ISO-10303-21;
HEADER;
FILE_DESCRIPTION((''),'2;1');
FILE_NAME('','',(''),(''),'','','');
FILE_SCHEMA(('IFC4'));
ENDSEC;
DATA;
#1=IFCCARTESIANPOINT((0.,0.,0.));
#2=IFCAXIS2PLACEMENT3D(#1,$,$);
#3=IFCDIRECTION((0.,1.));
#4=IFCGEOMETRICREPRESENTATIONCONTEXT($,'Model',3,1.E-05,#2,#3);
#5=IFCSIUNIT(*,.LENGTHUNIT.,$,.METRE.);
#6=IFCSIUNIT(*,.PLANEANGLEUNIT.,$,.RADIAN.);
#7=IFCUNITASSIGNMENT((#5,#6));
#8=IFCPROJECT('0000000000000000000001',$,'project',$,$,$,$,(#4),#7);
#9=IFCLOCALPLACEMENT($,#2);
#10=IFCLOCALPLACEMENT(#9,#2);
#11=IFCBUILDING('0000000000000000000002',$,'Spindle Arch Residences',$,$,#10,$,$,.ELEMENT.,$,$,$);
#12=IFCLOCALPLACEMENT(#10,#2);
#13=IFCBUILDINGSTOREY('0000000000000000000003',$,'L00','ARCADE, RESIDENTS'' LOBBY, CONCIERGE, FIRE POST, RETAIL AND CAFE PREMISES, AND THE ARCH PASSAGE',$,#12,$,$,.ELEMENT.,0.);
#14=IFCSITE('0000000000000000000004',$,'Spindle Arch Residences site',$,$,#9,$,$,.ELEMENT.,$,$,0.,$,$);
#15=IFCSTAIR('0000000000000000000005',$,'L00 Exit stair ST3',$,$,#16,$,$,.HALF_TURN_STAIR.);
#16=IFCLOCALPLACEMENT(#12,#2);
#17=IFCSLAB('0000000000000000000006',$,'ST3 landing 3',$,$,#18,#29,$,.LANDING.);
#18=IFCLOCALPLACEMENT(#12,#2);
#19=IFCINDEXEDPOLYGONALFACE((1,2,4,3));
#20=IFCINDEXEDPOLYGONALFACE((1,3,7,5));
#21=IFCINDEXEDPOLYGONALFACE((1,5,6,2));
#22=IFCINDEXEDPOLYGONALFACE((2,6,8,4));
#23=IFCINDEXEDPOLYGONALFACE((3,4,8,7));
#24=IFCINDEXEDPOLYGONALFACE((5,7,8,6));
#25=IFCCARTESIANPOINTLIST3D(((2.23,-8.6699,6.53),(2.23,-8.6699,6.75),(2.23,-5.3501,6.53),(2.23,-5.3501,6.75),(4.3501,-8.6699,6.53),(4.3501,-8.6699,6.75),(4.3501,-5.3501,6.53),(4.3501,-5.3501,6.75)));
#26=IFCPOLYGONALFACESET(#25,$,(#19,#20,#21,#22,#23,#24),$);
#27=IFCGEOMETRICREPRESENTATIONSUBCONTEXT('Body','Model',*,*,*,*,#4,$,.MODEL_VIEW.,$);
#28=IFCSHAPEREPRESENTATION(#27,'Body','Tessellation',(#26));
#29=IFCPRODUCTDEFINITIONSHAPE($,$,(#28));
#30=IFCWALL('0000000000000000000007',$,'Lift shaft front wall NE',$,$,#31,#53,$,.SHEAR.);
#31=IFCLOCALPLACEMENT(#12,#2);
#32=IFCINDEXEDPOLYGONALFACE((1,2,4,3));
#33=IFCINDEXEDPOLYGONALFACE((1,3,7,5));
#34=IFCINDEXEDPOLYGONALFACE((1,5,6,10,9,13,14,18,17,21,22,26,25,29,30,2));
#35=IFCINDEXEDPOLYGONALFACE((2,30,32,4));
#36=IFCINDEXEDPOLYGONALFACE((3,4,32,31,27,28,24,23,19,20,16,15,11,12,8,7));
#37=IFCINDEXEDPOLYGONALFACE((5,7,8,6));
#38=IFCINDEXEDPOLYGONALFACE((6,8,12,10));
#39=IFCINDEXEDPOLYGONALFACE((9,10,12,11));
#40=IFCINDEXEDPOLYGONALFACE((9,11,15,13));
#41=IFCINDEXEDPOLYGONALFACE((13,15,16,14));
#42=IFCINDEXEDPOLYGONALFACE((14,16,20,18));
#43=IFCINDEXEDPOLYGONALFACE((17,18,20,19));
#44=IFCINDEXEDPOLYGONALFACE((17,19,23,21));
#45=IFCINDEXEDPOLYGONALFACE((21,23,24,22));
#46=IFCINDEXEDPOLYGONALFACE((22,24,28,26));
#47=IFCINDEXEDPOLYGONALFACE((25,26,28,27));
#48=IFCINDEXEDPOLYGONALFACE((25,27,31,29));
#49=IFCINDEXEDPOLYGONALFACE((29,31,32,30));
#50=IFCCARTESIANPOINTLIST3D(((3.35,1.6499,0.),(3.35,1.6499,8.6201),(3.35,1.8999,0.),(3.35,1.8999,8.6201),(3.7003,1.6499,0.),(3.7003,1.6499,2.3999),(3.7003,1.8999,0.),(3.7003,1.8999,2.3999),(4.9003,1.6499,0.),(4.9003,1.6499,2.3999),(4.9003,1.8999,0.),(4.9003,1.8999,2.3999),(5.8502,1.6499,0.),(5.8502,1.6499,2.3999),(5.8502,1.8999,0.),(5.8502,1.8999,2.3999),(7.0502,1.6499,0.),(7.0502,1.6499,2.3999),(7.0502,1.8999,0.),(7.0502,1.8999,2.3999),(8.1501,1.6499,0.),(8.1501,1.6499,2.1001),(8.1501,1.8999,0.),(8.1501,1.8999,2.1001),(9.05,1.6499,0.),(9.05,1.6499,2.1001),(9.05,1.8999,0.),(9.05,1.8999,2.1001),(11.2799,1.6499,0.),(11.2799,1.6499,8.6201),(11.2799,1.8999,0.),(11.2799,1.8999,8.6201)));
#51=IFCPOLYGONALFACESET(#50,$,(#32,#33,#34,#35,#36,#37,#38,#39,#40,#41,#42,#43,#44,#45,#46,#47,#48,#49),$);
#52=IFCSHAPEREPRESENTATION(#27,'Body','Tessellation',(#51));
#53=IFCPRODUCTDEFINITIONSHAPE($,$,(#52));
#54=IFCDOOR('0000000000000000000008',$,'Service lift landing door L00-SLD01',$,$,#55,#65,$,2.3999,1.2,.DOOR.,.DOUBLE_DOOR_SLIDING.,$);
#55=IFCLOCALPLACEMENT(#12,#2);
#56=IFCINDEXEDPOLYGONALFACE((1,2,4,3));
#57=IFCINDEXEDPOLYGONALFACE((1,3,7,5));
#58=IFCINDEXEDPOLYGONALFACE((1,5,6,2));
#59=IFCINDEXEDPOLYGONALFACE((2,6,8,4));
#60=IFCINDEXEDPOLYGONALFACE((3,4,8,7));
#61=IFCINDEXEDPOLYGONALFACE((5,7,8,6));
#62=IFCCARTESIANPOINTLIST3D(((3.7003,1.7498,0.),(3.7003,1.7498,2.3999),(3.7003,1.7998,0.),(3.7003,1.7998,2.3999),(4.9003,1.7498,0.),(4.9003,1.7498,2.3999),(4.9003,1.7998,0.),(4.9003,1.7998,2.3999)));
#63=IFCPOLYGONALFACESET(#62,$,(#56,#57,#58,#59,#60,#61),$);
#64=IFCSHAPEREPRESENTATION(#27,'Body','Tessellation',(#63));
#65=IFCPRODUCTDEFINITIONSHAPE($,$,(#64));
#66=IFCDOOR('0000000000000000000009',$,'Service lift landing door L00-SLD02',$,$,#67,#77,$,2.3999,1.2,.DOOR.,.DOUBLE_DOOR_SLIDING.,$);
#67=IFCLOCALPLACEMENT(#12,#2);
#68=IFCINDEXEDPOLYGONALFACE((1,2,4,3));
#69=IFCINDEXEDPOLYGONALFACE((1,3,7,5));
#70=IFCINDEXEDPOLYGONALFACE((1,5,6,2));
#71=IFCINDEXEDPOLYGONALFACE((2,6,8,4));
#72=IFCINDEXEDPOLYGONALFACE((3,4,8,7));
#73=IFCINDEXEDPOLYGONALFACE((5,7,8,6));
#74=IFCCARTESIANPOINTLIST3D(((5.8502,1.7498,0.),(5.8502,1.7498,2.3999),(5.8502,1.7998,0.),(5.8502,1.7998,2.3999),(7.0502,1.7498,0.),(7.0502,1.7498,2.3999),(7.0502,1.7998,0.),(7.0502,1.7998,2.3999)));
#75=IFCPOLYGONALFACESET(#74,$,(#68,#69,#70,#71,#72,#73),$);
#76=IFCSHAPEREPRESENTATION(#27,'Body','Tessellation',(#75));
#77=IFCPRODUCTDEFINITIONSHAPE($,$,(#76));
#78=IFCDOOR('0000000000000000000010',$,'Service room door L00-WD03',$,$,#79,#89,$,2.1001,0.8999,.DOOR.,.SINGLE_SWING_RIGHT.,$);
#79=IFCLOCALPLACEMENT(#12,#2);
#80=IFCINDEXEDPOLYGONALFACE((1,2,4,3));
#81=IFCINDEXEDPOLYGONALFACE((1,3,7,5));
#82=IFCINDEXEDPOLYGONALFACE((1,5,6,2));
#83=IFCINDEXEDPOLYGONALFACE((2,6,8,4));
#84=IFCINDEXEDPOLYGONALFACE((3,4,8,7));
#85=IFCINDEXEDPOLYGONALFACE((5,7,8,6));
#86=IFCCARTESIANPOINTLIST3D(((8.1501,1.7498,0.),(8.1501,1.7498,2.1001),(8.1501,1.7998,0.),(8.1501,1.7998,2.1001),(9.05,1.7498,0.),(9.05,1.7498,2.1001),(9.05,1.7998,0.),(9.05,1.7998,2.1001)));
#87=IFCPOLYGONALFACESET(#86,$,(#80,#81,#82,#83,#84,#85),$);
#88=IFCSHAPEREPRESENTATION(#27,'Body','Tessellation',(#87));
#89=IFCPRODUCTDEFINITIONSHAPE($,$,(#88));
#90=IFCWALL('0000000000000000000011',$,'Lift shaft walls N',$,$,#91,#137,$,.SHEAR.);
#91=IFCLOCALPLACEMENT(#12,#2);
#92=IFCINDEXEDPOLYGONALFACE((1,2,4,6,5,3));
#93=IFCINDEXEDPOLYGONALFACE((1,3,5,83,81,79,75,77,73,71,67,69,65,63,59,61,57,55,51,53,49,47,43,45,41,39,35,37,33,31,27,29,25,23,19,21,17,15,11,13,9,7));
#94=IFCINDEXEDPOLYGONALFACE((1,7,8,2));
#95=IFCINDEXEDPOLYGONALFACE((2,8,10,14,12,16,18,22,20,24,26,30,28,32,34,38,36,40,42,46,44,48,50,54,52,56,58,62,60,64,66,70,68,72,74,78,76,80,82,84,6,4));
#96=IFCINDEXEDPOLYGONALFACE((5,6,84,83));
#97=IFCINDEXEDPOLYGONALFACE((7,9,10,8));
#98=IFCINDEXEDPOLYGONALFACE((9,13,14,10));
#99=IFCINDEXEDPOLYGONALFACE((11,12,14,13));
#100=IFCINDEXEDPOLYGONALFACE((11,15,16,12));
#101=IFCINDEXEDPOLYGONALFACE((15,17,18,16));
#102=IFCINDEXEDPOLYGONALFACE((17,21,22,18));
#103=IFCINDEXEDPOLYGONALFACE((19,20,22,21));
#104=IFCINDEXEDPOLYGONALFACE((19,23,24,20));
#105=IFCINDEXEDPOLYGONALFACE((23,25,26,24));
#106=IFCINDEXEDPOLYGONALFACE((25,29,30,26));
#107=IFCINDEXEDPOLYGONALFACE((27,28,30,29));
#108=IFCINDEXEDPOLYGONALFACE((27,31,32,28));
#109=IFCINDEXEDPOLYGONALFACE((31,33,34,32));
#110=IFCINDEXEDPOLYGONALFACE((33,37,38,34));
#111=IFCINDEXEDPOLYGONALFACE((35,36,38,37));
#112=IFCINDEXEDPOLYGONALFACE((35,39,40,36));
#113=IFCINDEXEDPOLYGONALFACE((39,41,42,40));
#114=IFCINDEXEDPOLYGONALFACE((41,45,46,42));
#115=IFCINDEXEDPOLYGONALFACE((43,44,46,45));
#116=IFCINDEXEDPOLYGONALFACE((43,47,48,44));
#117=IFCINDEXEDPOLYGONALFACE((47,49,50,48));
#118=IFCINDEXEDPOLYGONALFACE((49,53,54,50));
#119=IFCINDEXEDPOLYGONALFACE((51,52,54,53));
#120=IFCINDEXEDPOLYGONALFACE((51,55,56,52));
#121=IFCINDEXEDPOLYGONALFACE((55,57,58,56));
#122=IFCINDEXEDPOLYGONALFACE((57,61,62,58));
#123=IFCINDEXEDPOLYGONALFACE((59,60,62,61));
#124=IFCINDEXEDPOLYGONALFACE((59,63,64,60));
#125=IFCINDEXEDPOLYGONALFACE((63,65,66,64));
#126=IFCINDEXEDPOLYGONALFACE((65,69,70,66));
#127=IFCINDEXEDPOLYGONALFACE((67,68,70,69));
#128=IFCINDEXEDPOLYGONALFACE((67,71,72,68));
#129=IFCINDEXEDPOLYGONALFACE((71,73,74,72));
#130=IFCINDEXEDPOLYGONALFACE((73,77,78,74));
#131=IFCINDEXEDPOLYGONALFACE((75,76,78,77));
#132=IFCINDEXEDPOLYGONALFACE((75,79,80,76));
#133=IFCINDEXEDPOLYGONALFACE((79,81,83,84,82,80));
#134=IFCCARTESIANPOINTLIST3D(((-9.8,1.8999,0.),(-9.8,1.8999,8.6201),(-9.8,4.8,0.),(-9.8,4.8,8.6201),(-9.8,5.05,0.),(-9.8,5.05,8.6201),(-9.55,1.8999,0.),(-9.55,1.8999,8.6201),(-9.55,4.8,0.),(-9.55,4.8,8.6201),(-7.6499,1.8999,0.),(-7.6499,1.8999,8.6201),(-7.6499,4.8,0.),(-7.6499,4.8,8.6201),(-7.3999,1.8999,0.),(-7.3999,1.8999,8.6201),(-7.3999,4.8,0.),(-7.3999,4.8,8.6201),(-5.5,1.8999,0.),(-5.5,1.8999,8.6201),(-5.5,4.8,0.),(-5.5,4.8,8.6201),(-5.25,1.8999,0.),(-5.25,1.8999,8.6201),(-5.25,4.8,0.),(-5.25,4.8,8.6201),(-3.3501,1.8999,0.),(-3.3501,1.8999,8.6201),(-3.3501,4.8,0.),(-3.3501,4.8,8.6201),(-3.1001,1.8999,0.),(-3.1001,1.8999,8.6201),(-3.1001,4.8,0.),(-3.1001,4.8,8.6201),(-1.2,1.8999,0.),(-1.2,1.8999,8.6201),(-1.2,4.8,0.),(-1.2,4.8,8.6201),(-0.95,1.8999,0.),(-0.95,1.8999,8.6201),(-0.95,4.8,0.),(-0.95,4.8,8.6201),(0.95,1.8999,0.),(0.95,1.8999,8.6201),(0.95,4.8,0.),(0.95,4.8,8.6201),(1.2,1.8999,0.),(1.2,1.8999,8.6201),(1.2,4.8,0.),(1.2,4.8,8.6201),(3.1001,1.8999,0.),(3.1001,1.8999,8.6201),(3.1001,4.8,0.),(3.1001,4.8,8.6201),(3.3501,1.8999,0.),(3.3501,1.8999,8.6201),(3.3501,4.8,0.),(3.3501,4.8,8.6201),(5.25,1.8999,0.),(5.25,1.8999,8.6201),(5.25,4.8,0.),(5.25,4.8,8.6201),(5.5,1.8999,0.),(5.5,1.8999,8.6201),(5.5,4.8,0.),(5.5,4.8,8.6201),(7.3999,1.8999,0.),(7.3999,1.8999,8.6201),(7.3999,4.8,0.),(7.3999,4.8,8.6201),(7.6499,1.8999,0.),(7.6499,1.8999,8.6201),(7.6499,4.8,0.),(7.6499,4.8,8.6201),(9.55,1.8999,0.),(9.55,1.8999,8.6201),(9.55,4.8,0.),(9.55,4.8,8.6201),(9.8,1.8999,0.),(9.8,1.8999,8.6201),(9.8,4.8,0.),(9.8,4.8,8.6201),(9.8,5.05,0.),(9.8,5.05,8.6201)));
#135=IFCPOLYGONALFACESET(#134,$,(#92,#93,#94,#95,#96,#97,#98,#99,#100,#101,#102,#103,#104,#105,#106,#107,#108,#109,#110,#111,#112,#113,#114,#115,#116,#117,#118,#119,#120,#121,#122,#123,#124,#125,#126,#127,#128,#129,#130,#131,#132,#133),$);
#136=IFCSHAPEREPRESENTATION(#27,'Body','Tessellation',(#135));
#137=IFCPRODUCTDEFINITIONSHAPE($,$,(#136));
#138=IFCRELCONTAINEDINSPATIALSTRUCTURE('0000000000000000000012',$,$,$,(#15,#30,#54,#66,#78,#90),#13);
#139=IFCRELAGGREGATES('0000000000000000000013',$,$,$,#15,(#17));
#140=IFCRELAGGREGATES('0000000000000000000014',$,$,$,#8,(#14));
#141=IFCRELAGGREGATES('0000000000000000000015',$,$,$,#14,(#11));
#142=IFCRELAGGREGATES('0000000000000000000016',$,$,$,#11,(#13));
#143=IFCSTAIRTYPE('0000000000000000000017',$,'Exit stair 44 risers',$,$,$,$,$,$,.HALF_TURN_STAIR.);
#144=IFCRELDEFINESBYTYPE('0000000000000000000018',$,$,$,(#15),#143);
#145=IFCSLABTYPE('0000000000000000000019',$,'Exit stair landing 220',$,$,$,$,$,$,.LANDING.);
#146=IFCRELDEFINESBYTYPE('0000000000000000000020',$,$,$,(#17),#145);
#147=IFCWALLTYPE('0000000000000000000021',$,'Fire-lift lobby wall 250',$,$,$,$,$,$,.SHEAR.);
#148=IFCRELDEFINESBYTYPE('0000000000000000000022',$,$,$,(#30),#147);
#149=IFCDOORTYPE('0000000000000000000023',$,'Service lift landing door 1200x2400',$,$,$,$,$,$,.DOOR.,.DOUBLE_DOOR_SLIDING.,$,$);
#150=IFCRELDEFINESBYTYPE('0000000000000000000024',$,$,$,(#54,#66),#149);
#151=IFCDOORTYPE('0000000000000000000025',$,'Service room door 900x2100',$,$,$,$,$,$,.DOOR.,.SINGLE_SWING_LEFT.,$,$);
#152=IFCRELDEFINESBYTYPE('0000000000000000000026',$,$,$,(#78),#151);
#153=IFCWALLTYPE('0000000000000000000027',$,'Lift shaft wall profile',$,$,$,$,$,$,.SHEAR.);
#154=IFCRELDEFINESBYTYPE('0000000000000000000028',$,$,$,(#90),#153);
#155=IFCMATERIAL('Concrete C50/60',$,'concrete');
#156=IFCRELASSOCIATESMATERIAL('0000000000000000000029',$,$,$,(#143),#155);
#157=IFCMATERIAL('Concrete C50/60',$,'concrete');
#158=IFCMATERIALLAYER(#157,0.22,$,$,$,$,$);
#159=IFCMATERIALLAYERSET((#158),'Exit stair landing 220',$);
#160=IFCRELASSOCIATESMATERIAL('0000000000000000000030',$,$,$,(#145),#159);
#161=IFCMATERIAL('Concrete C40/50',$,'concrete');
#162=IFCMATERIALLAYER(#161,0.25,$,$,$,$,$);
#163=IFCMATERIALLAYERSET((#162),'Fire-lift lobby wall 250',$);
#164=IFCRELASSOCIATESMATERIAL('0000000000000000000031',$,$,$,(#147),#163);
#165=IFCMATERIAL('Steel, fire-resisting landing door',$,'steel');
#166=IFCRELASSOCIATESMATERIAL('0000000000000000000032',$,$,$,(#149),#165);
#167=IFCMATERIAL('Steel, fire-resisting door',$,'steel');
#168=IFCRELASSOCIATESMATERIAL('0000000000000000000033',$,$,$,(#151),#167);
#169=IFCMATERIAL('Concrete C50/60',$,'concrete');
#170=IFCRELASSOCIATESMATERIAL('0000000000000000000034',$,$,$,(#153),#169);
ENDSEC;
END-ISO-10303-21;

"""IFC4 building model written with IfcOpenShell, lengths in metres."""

from ifc_helpers import new_model, si_unit, direction, frame, frame_2d, origin, place, context, subcontext, project, spatial, polyline, rectangle, outline, extrude, material, layer, layer_set, type_object, element, fill, aggregate, save


model = new_model("IFC4")

# Units and contexts
model_context = context("Model", 3, precision=1e-05, world=origin(), true_north=direction((0.0, 1.0)))
body_context = subcontext(model_context, "Body", "Model", "MODEL_VIEW")
ifc_project = project(units=[si_unit("LENGTHUNIT", "METRE"), si_unit("PLANEANGLEUNIT", "RADIAN")], contexts=[model_context])

# Site, building, storey
site_placement = place(None, origin())
site = spatial("IfcSite", under=ifc_project, at=site_placement, Name="Spindle Arch Residences site", CompositionType="ELEMENT", RefElevation=0.0)
building_placement = place(site_placement, origin())
building = spatial("IfcBuilding", under=site, at=building_placement, Name="Spindle Arch Residences", CompositionType="ELEMENT")
storey_placement = place(building_placement, origin())
storey = spatial("IfcBuildingStorey", under=building, at=storey_placement, Name="L00", Description="ARCADE, RESIDENTS' LOBBY, CONCIERGE, FIRE POST, RETAIL AND CAFE PREMISES, AND THE ARCH PASSAGE", CompositionType="ELEMENT", Elevation=0.0)

# Shared definitions
ifc_material_1 = material(Name="Concrete C50/60", Category="concrete")
stair_type = type_object("IfcStairType", Name="Exit stair 44 risers", PredefinedType="HALF_TURN_STAIR", material=ifc_material_1)
ifc_material_2 = material(Name="Concrete C50/60", Category="concrete")
ifc_layer_1 = layer(ifc_material_2, 0.22)
ifc_layer_set_1 = layer_set([ifc_layer_1], Name="Exit stair landing 220")
slab_type_1 = type_object("IfcSlabType", Name="Exit stair landing 220", PredefinedType="LANDING", material=ifc_layer_set_1)

# Stair, slab
stair_1_placement = place(storey_placement, origin())
stair_1 = element("IfcStair", 1, at=stair_1_placement, inside=storey, type_object=stair_type, Name="L00 Exit stair ST3", PredefinedType="HALF_TURN_STAIR")
slab_1_placement = place(storey_placement, frame((0.0, 0.0, 6.53)))
slab_1 = element("IfcSlab", 2, at=slab_1_placement, type_object=slab_type_1, Name="ST3 landing 3", PredefinedType="LANDING", context=body_context, shape_type="SweptSolid", body=[
    extrude(outline(polyline([(2.23, -8.6699), (4.3501, -8.6699), (4.3501, -5.3501), (2.23, -5.3501), (2.23, -8.6699)])), origin(), (0.0, 0.0, 1.0), 0.22),
])
aggregate(stair_1, [slab_1])

# Wall, openings, doors
ifc_material_3 = material(Name="Concrete C40/50", Category="concrete")
ifc_layer_2 = layer(ifc_material_3, 0.25)
ifc_layer_set_2 = layer_set([ifc_layer_2], Name="Fire-lift lobby wall 250")
wall_type_1 = type_object("IfcWallType", Name="Fire-lift lobby wall 250", PredefinedType="SHEAR", material=ifc_layer_set_2)
wall_1_placement = place(storey_placement, frame((3.3501, 1.7749, 0.0), z_axis=(0.0, 0.0, 1.0), x_axis=(1.0, 0.0, 0.0)))
wall_1 = element("IfcWall", 3, at=wall_1_placement, inside=storey, type_object=wall_type_1, Name="Lift shaft front wall NE", PredefinedType="SHEAR", context=body_context, shape_type="SweptSolid", body=[
    extrude(rectangle(XDim=7.9299, YDim=0.25, at=frame_2d((3.9648, 0.0))), origin(), (0.0, 0.0, 1.0), 8.6201),
])
opening_1_placement = place(wall_1_placement, frame((0.3501, 0.0, 0.0)))
opening_1 = element("IfcOpeningElement", 4, at=opening_1_placement, cuts=wall_1, PredefinedType="OPENING", context=body_context, shape_type="SweptSolid", body=[
    extrude(rectangle(XDim=1.2, YDim=2.3999, at=frame_2d((0.6001, 1.2))), frame((0.0, 0.135, 0.0), z_axis=(0.0, -1.0, 0.0), x_axis=(1.0, 0.0, 0.0)), (0.0, 0.0, 1.0), 0.27),
])
opening_2_placement = place(wall_1_placement, frame((2.5, 0.0, 0.0)))
opening_2 = element("IfcOpeningElement", 5, at=opening_2_placement, cuts=wall_1, PredefinedType="OPENING", context=body_context, shape_type="SweptSolid", body=[
    extrude(rectangle(XDim=1.2, YDim=2.3999, at=frame_2d((0.6001, 1.2))), frame((0.0, 0.135, 0.0), z_axis=(0.0, -1.0, 0.0), x_axis=(1.0, 0.0, 0.0)), (0.0, 0.0, 1.0), 0.27),
])
opening_3_placement = place(wall_1_placement, frame((4.8, 0.0, 0.0)))
opening_3 = element("IfcOpeningElement", 6, at=opening_3_placement, cuts=wall_1, PredefinedType="OPENING", context=body_context, shape_type="SweptSolid", body=[
    extrude(rectangle(XDim=0.8999, YDim=2.1001, at=frame_2d((0.45, 1.05))), frame((0.0, 0.135, 0.0), z_axis=(0.0, -1.0, 0.0), x_axis=(1.0, 0.0, 0.0)), (0.0, 0.0, 1.0), 0.27),
])
ifc_material_4 = material(Name="Steel, fire-resisting landing door", Category="steel")
door_type_1 = type_object("IfcDoorType", Name="Service lift landing door 1200x2400", OperationType="DOUBLE_DOOR_SLIDING", PredefinedType="DOOR", material=ifc_material_4)
door_1_placement = place(opening_1_placement, origin())
door_1 = element("IfcDoor", 7, at=door_1_placement, inside=storey, type_object=door_type_1, Name="Service lift landing door L00-SLD01", OperationType="DOUBLE_DOOR_SLIDING", OverallHeight=2.3999, OverallWidth=1.2, PredefinedType="DOOR", context=body_context, shape_type="SweptSolid", body=[
    extrude(rectangle(XDim=1.2, YDim=2.3999, at=frame_2d((0.6001, 1.2))), frame((0.0, 0.0249, 0.0), z_axis=(0.0, -1.0, 0.0), x_axis=(1.0, 0.0, 0.0)), (0.0, 0.0, 1.0), 0.05),
])
fill(opening_1, door_1)
door_2_placement = place(opening_2_placement, origin())
door_2 = element("IfcDoor", 8, at=door_2_placement, inside=storey, type_object=door_type_1, Name="Service lift landing door L00-SLD02", OperationType="DOUBLE_DOOR_SLIDING", OverallHeight=2.3999, OverallWidth=1.2, PredefinedType="DOOR", context=body_context, shape_type="SweptSolid", body=[
    extrude(rectangle(XDim=1.2, YDim=2.3999, at=frame_2d((0.6001, 1.2))), frame((0.0, 0.0249, 0.0), z_axis=(0.0, -1.0, 0.0), x_axis=(1.0, 0.0, 0.0)), (0.0, 0.0, 1.0), 0.05),
])
fill(opening_2, door_2)
ifc_material_5 = material(Name="Steel, fire-resisting door", Category="steel")
door_type_2 = type_object("IfcDoorType", Name="Service room door 900x2100", OperationType="SINGLE_SWING_LEFT", PredefinedType="DOOR", material=ifc_material_5)
door_3_placement = place(opening_3_placement, origin())
door_3 = element("IfcDoor", 9, at=door_3_placement, inside=storey, type_object=door_type_2, Name="Service room door L00-WD03", OperationType="SINGLE_SWING_RIGHT", OverallHeight=2.1001, OverallWidth=0.8999, PredefinedType="DOOR", context=body_context, shape_type="SweptSolid", body=[
    extrude(rectangle(XDim=0.8999, YDim=2.1001, at=frame_2d((0.45, 1.05))), frame((0.0, 0.0249, 0.0), z_axis=(0.0, -1.0, 0.0), x_axis=(1.0, 0.0, 0.0)), (0.0, 0.0, 1.0), 0.05),
])
fill(opening_3, door_3)

# Wall
ifc_material_6 = material(Name="Concrete C50/60", Category="concrete")
wall_type_2 = type_object("IfcWallType", Name="Lift shaft wall profile", PredefinedType="SHEAR", material=ifc_material_6)
wall_2_placement = place(storey_placement, origin())
element("IfcWall", 10, at=wall_2_placement, inside=storey, type_object=wall_type_2, Name="Lift shaft walls N", PredefinedType="SHEAR", context=body_context, shape_type="SweptSolid", body=[
    extrude(outline(polyline([(-9.55, 4.8), (-7.6499, 4.8), (-7.6499, 1.8999), (-7.3999, 1.8999), (-7.3999, 4.8), (-5.5, 4.8), (-5.5, 1.8999), (-5.25, 1.8999), (-5.25, 4.8), (-3.3501, 4.8), (-3.3501, 1.8999), (-3.1001, 1.8999), (-3.1001, 4.8), (-1.2, 4.8), (-1.2, 1.8999), (-0.95, 1.8999), (-0.95, 4.8), (0.95, 4.8), (0.95, 1.8999), (1.2, 1.8999), (1.2, 4.8), (3.1001, 4.8), (3.1001, 1.8999), (3.3501, 1.8999), (3.3501, 4.8), (5.25, 4.8), (5.25, 1.8999), (5.5, 1.8999), (5.5, 4.8), (7.3999, 4.8), (7.3999, 1.8999), (7.6499, 1.8999), (7.6499, 4.8), (9.55, 4.8), (9.55, 1.8999), (9.8, 1.8999), (9.8, 4.8), (9.8, 5.05), (-9.8, 5.05), (-9.8, 4.8), (-9.8, 1.8999), (-9.55, 1.8999), (-9.55, 4.8)])), origin(), (0.0, 0.0, 1.0), 8.6201),
])

save(model, "model.ifc")
